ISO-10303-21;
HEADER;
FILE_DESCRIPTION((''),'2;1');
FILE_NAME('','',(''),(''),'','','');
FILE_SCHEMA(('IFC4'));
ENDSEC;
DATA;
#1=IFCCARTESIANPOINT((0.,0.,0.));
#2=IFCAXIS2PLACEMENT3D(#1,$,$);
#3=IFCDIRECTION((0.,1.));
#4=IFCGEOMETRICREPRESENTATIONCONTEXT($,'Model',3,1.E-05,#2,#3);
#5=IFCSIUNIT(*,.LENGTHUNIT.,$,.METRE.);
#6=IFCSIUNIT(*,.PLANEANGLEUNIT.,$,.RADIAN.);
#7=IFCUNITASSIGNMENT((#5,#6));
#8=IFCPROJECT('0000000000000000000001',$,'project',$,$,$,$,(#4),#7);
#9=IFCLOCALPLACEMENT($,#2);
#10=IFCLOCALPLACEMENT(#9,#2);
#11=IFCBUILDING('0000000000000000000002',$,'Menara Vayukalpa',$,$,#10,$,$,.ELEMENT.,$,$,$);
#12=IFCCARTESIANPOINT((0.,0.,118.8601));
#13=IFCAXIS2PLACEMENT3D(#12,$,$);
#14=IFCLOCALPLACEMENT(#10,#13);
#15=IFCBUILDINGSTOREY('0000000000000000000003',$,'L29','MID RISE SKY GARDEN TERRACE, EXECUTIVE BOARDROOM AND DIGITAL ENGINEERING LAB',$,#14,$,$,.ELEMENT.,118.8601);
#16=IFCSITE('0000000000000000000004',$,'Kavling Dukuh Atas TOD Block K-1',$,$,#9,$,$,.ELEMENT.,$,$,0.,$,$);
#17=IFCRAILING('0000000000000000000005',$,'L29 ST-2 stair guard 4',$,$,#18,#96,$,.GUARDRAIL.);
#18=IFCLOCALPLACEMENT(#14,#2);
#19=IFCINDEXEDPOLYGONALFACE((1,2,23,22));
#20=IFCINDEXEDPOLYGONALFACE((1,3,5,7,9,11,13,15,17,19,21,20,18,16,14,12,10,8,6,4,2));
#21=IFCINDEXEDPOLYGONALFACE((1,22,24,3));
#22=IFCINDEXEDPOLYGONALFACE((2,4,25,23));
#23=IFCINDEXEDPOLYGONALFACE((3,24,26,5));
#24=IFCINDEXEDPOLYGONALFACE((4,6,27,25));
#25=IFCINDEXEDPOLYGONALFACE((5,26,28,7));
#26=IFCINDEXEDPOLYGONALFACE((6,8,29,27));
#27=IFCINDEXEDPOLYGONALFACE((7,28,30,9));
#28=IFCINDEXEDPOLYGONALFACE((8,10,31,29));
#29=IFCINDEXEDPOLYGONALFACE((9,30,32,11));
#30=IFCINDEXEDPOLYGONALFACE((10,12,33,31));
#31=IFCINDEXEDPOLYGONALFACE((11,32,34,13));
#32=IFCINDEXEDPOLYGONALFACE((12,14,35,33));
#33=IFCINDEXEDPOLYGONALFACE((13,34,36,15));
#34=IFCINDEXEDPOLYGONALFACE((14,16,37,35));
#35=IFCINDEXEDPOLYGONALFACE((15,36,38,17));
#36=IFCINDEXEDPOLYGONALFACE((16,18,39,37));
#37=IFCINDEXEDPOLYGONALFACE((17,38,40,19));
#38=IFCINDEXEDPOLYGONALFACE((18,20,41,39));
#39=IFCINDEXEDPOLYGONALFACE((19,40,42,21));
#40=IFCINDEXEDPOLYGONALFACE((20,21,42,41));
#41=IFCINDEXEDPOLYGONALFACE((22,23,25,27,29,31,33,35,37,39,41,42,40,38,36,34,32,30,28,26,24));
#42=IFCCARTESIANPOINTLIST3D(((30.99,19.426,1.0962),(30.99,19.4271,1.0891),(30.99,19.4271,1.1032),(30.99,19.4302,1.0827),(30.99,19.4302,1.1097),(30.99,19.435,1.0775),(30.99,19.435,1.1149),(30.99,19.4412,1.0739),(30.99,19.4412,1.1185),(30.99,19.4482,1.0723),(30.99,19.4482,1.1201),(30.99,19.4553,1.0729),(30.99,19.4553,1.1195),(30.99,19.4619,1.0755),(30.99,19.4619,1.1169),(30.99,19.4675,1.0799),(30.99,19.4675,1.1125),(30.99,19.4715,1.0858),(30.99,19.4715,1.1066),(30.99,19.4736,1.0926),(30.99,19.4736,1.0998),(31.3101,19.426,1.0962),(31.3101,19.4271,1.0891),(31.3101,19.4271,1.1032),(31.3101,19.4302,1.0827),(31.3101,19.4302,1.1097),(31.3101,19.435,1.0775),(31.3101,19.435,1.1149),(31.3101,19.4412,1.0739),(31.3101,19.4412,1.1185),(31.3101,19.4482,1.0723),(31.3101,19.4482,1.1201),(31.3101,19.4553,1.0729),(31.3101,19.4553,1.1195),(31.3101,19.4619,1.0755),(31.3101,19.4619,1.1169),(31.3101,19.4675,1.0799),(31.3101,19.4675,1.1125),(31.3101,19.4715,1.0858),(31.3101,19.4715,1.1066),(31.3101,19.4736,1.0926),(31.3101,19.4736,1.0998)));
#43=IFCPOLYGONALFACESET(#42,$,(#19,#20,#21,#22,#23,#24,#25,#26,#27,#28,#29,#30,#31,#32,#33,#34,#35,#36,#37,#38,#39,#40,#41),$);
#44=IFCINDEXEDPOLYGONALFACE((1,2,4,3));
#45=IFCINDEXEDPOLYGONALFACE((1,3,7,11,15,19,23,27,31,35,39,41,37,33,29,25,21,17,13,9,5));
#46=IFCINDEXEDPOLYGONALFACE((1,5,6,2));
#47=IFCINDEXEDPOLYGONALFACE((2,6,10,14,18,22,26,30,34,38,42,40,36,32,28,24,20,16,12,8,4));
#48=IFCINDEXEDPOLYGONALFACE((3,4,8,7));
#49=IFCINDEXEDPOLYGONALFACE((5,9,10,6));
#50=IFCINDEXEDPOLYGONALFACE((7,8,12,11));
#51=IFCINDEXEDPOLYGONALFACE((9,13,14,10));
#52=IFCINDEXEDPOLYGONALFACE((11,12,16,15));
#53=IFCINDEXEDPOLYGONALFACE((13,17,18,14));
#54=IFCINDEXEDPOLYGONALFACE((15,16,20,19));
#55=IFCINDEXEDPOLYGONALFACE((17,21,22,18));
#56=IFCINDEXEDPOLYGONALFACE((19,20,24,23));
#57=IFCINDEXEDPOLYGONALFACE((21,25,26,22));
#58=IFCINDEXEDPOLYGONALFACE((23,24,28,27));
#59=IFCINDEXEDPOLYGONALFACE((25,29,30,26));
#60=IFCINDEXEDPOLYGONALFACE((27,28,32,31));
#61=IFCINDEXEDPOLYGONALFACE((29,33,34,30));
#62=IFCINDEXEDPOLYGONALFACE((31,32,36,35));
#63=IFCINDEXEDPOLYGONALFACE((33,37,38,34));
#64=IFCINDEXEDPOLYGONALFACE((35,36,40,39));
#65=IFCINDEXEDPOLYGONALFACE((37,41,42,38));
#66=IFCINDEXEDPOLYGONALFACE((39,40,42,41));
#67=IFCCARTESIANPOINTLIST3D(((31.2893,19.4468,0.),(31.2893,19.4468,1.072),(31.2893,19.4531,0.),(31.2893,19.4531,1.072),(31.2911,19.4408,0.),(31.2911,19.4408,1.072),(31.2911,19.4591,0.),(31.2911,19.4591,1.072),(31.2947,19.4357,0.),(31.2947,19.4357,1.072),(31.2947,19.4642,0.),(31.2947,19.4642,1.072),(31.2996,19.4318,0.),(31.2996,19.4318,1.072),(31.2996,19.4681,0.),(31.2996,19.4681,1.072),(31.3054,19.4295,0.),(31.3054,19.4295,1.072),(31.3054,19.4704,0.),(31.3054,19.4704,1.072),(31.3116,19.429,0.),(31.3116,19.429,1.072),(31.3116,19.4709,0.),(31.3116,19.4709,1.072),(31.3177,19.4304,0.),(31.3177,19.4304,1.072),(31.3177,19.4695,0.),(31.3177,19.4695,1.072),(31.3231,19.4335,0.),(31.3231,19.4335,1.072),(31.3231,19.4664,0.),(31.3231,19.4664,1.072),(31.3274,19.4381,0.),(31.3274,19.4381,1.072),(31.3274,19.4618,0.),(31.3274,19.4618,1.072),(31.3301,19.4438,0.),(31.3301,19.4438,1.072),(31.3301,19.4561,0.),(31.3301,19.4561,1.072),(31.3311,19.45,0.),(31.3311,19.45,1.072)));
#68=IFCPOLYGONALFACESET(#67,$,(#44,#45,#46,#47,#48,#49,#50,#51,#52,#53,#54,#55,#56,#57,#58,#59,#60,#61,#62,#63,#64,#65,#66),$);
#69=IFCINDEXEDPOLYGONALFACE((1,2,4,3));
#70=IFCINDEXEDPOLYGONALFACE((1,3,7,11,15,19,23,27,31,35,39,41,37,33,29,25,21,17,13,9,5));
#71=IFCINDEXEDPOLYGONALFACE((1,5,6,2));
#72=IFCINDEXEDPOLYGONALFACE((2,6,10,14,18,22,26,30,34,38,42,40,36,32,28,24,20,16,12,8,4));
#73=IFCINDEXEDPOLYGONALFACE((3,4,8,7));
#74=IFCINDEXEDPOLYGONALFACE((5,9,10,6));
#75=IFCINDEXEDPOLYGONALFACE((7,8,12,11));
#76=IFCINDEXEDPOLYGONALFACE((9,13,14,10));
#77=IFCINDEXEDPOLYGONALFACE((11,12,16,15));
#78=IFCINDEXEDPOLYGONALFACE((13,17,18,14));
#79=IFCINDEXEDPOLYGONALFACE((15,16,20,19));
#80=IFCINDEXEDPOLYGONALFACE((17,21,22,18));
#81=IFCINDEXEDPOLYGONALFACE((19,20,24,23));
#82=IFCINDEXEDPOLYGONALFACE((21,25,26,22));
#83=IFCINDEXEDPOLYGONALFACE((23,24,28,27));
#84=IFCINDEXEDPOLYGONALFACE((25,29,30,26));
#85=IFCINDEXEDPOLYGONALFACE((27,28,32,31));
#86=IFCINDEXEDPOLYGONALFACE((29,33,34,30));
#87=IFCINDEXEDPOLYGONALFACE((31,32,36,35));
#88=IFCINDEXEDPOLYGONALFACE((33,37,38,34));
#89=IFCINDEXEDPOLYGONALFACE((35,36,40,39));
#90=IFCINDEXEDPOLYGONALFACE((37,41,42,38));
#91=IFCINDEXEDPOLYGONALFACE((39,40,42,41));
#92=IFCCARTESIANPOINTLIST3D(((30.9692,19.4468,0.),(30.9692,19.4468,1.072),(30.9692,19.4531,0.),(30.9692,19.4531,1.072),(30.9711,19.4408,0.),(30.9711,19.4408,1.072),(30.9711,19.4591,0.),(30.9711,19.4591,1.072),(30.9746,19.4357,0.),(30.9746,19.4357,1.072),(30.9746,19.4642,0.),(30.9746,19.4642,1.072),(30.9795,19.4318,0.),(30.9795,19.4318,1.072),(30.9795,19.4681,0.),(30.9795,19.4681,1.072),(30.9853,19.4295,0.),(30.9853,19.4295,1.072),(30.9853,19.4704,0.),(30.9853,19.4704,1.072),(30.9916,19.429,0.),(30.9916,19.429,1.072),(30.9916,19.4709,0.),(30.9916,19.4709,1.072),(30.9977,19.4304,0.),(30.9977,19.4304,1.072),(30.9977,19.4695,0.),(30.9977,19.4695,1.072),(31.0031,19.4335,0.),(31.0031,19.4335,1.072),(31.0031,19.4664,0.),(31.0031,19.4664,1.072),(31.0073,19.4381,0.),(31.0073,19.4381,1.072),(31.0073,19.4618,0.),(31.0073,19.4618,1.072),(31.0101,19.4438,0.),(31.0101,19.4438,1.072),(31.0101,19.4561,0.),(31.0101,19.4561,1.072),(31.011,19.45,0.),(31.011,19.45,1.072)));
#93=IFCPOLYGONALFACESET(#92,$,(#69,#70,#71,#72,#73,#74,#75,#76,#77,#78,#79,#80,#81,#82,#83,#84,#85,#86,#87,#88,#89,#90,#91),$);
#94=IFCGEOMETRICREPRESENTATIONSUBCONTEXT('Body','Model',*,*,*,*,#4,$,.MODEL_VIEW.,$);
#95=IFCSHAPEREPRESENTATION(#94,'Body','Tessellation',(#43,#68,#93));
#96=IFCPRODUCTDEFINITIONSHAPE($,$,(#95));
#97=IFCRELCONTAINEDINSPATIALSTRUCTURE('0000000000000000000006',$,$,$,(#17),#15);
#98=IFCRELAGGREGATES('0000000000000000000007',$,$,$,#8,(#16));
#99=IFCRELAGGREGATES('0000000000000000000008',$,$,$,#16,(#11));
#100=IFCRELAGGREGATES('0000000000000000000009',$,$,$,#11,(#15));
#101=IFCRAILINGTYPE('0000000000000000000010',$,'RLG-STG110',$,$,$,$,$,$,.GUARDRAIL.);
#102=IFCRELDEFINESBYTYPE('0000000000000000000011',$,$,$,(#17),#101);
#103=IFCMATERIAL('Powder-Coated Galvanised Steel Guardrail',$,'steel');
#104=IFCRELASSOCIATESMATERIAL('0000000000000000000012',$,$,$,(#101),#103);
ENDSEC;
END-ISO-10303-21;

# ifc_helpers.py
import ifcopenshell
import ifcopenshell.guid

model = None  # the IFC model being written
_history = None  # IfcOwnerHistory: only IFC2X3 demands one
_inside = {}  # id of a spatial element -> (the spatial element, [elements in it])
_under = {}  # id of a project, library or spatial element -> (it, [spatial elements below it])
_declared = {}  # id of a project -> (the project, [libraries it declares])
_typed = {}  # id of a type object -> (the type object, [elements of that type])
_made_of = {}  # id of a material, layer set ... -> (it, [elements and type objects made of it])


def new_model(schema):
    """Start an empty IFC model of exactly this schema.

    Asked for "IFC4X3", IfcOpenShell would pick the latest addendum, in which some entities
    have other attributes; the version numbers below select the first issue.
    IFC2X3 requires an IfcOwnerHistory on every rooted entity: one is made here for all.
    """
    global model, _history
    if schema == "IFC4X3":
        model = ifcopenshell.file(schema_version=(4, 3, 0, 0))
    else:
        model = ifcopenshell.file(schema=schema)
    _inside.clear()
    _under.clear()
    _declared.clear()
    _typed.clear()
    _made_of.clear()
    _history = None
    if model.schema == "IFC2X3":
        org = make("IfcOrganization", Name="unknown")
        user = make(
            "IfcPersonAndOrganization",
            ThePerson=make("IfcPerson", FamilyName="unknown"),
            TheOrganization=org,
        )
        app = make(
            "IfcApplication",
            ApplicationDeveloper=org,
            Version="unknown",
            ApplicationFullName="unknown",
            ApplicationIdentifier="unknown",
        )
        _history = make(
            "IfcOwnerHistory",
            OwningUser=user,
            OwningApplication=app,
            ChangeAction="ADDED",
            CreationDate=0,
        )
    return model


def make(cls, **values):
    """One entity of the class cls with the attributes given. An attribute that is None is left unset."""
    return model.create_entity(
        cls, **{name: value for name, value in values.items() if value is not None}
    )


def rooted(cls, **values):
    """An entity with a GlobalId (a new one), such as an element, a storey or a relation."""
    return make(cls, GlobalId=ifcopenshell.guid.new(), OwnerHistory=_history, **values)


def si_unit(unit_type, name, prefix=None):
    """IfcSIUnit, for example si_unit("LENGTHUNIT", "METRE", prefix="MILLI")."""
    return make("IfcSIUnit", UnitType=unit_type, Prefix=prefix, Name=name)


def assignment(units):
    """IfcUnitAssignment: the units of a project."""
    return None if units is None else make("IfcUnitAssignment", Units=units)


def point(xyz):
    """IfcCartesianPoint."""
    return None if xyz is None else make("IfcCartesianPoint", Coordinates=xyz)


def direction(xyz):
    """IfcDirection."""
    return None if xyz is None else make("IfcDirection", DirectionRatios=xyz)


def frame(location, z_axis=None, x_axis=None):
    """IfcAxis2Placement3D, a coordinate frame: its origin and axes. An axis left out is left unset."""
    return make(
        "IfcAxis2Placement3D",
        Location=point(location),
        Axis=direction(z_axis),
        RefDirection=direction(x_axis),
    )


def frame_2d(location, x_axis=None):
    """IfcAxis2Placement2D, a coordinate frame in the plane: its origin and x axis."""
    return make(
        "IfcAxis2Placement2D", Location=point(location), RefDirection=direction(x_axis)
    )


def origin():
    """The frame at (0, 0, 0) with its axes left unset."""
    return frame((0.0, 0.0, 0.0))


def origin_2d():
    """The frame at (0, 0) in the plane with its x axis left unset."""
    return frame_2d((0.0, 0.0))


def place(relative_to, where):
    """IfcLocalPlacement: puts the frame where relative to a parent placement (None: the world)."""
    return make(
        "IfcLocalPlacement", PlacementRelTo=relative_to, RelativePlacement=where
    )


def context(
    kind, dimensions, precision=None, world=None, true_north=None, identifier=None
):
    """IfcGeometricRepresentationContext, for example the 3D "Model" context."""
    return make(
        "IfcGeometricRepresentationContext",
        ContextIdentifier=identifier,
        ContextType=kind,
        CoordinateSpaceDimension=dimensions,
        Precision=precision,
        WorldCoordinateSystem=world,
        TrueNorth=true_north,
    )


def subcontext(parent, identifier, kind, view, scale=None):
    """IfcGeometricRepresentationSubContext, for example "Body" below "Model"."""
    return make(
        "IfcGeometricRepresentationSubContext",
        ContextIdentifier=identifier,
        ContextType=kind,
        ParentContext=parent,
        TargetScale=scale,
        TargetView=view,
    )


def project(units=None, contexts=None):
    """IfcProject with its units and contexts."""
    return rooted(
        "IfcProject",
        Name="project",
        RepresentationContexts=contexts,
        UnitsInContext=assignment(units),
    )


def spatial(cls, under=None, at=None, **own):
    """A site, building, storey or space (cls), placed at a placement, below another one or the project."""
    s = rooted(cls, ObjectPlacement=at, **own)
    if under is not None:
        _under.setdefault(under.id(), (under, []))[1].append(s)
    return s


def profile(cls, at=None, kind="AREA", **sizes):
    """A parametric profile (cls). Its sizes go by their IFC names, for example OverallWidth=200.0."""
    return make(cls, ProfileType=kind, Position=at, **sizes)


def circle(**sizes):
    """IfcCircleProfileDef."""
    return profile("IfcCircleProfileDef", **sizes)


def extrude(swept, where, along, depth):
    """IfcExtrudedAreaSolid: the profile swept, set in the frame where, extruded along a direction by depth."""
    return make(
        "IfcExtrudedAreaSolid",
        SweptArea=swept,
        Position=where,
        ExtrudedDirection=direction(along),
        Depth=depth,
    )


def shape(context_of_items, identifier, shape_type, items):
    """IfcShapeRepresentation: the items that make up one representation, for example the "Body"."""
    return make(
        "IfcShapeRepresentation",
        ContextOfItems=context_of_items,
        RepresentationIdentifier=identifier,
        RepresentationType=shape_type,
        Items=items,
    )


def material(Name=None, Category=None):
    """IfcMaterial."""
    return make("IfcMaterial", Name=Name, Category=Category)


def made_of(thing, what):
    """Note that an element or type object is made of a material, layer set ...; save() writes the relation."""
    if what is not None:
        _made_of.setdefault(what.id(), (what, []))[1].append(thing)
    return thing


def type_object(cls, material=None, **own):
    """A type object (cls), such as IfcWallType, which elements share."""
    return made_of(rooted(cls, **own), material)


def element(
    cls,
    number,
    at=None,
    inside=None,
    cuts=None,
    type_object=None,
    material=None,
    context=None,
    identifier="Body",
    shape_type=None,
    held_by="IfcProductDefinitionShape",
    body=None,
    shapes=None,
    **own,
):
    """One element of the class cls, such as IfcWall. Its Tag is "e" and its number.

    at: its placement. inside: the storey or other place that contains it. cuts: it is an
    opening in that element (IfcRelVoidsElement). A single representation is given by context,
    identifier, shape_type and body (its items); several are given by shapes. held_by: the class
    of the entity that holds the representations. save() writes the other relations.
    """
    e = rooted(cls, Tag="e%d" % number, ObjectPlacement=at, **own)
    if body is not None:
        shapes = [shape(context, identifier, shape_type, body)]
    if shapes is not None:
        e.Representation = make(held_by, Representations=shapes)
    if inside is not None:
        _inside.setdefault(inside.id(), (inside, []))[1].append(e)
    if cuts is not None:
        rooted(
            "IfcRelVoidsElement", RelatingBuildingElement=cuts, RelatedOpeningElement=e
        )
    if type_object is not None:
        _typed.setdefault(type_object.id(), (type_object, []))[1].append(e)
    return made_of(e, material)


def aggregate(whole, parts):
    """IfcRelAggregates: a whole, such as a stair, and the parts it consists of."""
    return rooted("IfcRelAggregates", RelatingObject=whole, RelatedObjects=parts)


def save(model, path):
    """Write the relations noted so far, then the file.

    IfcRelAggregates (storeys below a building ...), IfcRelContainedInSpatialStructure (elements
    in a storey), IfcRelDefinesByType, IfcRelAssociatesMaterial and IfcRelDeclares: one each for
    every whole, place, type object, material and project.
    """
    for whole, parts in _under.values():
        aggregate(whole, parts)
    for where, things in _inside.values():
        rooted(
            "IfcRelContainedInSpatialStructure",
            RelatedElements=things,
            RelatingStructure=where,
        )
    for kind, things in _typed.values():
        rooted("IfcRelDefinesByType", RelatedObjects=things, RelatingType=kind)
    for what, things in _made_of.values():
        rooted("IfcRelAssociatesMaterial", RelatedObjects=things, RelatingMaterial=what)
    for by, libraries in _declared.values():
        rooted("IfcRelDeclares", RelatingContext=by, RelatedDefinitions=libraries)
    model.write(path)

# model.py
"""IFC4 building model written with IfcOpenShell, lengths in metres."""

from ifc_helpers import new_model, si_unit, direction, frame, origin, origin_2d, place, context, subcontext, project, spatial, circle, extrude, material, type_object, element, save


model = new_model("IFC4")

# Units and contexts
model_context = context("Model", 3, precision=1e-05, world=origin(), true_north=direction((0.0, 1.0)))
body_context = subcontext(model_context, "Body", "Model", "MODEL_VIEW")
ifc_project = project(units=[si_unit("LENGTHUNIT", "METRE"), si_unit("PLANEANGLEUNIT", "RADIAN")], contexts=[model_context])

# Site, building, storey
site_placement = place(None, origin())
site = spatial("IfcSite", under=ifc_project, at=site_placement, Name="Kavling Dukuh Atas TOD Block K-1", CompositionType="ELEMENT", RefElevation=0.0)
building_placement = place(site_placement, origin())
building = spatial("IfcBuilding", under=site, at=building_placement, Name="Menara Vayukalpa", CompositionType="ELEMENT")
storey_placement = place(building_placement, frame((0.0, 0.0, 118.8601)))
storey = spatial("IfcBuildingStorey", under=building, at=storey_placement, Name="L29", Description="MID RISE SKY GARDEN TERRACE, EXECUTIVE BOARDROOM AND DIGITAL ENGINEERING LAB", CompositionType="ELEMENT", Elevation=118.8601)

# Railing
ifc_material_1 = material(Name="Powder-Coated Galvanised Steel Guardrail", Category="steel")
railing_type_1 = type_object("IfcRailingType", Name="RLG-STG110", PredefinedType="GUARDRAIL", material=ifc_material_1)
railing_1_placement = place(storey_placement, frame((31.3101, 19.45, 0.0)))
element("IfcRailing", 1, at=railing_1_placement, inside=storey, type_object=railing_type_1, Name="L29 ST-2 stair guard 4", PredefinedType="GUARDRAIL", context=body_context, shape_type="SweptSolid", body=[
    extrude(circle(Radius=0.0239, at=origin_2d()), frame((0.0, 0.0, 1.0962), z_axis=(-1.0, 0.0, 0.0), x_axis=(0.0, -1.0, 0.0)), (0.0, 0.0, 1.0), 0.3201),
    extrude(circle(Radius=0.021, at=origin_2d()), origin(), (0.0, 0.0, 1.0), 1.072),
    extrude(circle(Radius=0.021, at=origin_2d()), frame((-0.3201, 0.0, 0.0)), (0.0, 0.0, 1.0), 1.072),
])

save(model, "model.ifc")
